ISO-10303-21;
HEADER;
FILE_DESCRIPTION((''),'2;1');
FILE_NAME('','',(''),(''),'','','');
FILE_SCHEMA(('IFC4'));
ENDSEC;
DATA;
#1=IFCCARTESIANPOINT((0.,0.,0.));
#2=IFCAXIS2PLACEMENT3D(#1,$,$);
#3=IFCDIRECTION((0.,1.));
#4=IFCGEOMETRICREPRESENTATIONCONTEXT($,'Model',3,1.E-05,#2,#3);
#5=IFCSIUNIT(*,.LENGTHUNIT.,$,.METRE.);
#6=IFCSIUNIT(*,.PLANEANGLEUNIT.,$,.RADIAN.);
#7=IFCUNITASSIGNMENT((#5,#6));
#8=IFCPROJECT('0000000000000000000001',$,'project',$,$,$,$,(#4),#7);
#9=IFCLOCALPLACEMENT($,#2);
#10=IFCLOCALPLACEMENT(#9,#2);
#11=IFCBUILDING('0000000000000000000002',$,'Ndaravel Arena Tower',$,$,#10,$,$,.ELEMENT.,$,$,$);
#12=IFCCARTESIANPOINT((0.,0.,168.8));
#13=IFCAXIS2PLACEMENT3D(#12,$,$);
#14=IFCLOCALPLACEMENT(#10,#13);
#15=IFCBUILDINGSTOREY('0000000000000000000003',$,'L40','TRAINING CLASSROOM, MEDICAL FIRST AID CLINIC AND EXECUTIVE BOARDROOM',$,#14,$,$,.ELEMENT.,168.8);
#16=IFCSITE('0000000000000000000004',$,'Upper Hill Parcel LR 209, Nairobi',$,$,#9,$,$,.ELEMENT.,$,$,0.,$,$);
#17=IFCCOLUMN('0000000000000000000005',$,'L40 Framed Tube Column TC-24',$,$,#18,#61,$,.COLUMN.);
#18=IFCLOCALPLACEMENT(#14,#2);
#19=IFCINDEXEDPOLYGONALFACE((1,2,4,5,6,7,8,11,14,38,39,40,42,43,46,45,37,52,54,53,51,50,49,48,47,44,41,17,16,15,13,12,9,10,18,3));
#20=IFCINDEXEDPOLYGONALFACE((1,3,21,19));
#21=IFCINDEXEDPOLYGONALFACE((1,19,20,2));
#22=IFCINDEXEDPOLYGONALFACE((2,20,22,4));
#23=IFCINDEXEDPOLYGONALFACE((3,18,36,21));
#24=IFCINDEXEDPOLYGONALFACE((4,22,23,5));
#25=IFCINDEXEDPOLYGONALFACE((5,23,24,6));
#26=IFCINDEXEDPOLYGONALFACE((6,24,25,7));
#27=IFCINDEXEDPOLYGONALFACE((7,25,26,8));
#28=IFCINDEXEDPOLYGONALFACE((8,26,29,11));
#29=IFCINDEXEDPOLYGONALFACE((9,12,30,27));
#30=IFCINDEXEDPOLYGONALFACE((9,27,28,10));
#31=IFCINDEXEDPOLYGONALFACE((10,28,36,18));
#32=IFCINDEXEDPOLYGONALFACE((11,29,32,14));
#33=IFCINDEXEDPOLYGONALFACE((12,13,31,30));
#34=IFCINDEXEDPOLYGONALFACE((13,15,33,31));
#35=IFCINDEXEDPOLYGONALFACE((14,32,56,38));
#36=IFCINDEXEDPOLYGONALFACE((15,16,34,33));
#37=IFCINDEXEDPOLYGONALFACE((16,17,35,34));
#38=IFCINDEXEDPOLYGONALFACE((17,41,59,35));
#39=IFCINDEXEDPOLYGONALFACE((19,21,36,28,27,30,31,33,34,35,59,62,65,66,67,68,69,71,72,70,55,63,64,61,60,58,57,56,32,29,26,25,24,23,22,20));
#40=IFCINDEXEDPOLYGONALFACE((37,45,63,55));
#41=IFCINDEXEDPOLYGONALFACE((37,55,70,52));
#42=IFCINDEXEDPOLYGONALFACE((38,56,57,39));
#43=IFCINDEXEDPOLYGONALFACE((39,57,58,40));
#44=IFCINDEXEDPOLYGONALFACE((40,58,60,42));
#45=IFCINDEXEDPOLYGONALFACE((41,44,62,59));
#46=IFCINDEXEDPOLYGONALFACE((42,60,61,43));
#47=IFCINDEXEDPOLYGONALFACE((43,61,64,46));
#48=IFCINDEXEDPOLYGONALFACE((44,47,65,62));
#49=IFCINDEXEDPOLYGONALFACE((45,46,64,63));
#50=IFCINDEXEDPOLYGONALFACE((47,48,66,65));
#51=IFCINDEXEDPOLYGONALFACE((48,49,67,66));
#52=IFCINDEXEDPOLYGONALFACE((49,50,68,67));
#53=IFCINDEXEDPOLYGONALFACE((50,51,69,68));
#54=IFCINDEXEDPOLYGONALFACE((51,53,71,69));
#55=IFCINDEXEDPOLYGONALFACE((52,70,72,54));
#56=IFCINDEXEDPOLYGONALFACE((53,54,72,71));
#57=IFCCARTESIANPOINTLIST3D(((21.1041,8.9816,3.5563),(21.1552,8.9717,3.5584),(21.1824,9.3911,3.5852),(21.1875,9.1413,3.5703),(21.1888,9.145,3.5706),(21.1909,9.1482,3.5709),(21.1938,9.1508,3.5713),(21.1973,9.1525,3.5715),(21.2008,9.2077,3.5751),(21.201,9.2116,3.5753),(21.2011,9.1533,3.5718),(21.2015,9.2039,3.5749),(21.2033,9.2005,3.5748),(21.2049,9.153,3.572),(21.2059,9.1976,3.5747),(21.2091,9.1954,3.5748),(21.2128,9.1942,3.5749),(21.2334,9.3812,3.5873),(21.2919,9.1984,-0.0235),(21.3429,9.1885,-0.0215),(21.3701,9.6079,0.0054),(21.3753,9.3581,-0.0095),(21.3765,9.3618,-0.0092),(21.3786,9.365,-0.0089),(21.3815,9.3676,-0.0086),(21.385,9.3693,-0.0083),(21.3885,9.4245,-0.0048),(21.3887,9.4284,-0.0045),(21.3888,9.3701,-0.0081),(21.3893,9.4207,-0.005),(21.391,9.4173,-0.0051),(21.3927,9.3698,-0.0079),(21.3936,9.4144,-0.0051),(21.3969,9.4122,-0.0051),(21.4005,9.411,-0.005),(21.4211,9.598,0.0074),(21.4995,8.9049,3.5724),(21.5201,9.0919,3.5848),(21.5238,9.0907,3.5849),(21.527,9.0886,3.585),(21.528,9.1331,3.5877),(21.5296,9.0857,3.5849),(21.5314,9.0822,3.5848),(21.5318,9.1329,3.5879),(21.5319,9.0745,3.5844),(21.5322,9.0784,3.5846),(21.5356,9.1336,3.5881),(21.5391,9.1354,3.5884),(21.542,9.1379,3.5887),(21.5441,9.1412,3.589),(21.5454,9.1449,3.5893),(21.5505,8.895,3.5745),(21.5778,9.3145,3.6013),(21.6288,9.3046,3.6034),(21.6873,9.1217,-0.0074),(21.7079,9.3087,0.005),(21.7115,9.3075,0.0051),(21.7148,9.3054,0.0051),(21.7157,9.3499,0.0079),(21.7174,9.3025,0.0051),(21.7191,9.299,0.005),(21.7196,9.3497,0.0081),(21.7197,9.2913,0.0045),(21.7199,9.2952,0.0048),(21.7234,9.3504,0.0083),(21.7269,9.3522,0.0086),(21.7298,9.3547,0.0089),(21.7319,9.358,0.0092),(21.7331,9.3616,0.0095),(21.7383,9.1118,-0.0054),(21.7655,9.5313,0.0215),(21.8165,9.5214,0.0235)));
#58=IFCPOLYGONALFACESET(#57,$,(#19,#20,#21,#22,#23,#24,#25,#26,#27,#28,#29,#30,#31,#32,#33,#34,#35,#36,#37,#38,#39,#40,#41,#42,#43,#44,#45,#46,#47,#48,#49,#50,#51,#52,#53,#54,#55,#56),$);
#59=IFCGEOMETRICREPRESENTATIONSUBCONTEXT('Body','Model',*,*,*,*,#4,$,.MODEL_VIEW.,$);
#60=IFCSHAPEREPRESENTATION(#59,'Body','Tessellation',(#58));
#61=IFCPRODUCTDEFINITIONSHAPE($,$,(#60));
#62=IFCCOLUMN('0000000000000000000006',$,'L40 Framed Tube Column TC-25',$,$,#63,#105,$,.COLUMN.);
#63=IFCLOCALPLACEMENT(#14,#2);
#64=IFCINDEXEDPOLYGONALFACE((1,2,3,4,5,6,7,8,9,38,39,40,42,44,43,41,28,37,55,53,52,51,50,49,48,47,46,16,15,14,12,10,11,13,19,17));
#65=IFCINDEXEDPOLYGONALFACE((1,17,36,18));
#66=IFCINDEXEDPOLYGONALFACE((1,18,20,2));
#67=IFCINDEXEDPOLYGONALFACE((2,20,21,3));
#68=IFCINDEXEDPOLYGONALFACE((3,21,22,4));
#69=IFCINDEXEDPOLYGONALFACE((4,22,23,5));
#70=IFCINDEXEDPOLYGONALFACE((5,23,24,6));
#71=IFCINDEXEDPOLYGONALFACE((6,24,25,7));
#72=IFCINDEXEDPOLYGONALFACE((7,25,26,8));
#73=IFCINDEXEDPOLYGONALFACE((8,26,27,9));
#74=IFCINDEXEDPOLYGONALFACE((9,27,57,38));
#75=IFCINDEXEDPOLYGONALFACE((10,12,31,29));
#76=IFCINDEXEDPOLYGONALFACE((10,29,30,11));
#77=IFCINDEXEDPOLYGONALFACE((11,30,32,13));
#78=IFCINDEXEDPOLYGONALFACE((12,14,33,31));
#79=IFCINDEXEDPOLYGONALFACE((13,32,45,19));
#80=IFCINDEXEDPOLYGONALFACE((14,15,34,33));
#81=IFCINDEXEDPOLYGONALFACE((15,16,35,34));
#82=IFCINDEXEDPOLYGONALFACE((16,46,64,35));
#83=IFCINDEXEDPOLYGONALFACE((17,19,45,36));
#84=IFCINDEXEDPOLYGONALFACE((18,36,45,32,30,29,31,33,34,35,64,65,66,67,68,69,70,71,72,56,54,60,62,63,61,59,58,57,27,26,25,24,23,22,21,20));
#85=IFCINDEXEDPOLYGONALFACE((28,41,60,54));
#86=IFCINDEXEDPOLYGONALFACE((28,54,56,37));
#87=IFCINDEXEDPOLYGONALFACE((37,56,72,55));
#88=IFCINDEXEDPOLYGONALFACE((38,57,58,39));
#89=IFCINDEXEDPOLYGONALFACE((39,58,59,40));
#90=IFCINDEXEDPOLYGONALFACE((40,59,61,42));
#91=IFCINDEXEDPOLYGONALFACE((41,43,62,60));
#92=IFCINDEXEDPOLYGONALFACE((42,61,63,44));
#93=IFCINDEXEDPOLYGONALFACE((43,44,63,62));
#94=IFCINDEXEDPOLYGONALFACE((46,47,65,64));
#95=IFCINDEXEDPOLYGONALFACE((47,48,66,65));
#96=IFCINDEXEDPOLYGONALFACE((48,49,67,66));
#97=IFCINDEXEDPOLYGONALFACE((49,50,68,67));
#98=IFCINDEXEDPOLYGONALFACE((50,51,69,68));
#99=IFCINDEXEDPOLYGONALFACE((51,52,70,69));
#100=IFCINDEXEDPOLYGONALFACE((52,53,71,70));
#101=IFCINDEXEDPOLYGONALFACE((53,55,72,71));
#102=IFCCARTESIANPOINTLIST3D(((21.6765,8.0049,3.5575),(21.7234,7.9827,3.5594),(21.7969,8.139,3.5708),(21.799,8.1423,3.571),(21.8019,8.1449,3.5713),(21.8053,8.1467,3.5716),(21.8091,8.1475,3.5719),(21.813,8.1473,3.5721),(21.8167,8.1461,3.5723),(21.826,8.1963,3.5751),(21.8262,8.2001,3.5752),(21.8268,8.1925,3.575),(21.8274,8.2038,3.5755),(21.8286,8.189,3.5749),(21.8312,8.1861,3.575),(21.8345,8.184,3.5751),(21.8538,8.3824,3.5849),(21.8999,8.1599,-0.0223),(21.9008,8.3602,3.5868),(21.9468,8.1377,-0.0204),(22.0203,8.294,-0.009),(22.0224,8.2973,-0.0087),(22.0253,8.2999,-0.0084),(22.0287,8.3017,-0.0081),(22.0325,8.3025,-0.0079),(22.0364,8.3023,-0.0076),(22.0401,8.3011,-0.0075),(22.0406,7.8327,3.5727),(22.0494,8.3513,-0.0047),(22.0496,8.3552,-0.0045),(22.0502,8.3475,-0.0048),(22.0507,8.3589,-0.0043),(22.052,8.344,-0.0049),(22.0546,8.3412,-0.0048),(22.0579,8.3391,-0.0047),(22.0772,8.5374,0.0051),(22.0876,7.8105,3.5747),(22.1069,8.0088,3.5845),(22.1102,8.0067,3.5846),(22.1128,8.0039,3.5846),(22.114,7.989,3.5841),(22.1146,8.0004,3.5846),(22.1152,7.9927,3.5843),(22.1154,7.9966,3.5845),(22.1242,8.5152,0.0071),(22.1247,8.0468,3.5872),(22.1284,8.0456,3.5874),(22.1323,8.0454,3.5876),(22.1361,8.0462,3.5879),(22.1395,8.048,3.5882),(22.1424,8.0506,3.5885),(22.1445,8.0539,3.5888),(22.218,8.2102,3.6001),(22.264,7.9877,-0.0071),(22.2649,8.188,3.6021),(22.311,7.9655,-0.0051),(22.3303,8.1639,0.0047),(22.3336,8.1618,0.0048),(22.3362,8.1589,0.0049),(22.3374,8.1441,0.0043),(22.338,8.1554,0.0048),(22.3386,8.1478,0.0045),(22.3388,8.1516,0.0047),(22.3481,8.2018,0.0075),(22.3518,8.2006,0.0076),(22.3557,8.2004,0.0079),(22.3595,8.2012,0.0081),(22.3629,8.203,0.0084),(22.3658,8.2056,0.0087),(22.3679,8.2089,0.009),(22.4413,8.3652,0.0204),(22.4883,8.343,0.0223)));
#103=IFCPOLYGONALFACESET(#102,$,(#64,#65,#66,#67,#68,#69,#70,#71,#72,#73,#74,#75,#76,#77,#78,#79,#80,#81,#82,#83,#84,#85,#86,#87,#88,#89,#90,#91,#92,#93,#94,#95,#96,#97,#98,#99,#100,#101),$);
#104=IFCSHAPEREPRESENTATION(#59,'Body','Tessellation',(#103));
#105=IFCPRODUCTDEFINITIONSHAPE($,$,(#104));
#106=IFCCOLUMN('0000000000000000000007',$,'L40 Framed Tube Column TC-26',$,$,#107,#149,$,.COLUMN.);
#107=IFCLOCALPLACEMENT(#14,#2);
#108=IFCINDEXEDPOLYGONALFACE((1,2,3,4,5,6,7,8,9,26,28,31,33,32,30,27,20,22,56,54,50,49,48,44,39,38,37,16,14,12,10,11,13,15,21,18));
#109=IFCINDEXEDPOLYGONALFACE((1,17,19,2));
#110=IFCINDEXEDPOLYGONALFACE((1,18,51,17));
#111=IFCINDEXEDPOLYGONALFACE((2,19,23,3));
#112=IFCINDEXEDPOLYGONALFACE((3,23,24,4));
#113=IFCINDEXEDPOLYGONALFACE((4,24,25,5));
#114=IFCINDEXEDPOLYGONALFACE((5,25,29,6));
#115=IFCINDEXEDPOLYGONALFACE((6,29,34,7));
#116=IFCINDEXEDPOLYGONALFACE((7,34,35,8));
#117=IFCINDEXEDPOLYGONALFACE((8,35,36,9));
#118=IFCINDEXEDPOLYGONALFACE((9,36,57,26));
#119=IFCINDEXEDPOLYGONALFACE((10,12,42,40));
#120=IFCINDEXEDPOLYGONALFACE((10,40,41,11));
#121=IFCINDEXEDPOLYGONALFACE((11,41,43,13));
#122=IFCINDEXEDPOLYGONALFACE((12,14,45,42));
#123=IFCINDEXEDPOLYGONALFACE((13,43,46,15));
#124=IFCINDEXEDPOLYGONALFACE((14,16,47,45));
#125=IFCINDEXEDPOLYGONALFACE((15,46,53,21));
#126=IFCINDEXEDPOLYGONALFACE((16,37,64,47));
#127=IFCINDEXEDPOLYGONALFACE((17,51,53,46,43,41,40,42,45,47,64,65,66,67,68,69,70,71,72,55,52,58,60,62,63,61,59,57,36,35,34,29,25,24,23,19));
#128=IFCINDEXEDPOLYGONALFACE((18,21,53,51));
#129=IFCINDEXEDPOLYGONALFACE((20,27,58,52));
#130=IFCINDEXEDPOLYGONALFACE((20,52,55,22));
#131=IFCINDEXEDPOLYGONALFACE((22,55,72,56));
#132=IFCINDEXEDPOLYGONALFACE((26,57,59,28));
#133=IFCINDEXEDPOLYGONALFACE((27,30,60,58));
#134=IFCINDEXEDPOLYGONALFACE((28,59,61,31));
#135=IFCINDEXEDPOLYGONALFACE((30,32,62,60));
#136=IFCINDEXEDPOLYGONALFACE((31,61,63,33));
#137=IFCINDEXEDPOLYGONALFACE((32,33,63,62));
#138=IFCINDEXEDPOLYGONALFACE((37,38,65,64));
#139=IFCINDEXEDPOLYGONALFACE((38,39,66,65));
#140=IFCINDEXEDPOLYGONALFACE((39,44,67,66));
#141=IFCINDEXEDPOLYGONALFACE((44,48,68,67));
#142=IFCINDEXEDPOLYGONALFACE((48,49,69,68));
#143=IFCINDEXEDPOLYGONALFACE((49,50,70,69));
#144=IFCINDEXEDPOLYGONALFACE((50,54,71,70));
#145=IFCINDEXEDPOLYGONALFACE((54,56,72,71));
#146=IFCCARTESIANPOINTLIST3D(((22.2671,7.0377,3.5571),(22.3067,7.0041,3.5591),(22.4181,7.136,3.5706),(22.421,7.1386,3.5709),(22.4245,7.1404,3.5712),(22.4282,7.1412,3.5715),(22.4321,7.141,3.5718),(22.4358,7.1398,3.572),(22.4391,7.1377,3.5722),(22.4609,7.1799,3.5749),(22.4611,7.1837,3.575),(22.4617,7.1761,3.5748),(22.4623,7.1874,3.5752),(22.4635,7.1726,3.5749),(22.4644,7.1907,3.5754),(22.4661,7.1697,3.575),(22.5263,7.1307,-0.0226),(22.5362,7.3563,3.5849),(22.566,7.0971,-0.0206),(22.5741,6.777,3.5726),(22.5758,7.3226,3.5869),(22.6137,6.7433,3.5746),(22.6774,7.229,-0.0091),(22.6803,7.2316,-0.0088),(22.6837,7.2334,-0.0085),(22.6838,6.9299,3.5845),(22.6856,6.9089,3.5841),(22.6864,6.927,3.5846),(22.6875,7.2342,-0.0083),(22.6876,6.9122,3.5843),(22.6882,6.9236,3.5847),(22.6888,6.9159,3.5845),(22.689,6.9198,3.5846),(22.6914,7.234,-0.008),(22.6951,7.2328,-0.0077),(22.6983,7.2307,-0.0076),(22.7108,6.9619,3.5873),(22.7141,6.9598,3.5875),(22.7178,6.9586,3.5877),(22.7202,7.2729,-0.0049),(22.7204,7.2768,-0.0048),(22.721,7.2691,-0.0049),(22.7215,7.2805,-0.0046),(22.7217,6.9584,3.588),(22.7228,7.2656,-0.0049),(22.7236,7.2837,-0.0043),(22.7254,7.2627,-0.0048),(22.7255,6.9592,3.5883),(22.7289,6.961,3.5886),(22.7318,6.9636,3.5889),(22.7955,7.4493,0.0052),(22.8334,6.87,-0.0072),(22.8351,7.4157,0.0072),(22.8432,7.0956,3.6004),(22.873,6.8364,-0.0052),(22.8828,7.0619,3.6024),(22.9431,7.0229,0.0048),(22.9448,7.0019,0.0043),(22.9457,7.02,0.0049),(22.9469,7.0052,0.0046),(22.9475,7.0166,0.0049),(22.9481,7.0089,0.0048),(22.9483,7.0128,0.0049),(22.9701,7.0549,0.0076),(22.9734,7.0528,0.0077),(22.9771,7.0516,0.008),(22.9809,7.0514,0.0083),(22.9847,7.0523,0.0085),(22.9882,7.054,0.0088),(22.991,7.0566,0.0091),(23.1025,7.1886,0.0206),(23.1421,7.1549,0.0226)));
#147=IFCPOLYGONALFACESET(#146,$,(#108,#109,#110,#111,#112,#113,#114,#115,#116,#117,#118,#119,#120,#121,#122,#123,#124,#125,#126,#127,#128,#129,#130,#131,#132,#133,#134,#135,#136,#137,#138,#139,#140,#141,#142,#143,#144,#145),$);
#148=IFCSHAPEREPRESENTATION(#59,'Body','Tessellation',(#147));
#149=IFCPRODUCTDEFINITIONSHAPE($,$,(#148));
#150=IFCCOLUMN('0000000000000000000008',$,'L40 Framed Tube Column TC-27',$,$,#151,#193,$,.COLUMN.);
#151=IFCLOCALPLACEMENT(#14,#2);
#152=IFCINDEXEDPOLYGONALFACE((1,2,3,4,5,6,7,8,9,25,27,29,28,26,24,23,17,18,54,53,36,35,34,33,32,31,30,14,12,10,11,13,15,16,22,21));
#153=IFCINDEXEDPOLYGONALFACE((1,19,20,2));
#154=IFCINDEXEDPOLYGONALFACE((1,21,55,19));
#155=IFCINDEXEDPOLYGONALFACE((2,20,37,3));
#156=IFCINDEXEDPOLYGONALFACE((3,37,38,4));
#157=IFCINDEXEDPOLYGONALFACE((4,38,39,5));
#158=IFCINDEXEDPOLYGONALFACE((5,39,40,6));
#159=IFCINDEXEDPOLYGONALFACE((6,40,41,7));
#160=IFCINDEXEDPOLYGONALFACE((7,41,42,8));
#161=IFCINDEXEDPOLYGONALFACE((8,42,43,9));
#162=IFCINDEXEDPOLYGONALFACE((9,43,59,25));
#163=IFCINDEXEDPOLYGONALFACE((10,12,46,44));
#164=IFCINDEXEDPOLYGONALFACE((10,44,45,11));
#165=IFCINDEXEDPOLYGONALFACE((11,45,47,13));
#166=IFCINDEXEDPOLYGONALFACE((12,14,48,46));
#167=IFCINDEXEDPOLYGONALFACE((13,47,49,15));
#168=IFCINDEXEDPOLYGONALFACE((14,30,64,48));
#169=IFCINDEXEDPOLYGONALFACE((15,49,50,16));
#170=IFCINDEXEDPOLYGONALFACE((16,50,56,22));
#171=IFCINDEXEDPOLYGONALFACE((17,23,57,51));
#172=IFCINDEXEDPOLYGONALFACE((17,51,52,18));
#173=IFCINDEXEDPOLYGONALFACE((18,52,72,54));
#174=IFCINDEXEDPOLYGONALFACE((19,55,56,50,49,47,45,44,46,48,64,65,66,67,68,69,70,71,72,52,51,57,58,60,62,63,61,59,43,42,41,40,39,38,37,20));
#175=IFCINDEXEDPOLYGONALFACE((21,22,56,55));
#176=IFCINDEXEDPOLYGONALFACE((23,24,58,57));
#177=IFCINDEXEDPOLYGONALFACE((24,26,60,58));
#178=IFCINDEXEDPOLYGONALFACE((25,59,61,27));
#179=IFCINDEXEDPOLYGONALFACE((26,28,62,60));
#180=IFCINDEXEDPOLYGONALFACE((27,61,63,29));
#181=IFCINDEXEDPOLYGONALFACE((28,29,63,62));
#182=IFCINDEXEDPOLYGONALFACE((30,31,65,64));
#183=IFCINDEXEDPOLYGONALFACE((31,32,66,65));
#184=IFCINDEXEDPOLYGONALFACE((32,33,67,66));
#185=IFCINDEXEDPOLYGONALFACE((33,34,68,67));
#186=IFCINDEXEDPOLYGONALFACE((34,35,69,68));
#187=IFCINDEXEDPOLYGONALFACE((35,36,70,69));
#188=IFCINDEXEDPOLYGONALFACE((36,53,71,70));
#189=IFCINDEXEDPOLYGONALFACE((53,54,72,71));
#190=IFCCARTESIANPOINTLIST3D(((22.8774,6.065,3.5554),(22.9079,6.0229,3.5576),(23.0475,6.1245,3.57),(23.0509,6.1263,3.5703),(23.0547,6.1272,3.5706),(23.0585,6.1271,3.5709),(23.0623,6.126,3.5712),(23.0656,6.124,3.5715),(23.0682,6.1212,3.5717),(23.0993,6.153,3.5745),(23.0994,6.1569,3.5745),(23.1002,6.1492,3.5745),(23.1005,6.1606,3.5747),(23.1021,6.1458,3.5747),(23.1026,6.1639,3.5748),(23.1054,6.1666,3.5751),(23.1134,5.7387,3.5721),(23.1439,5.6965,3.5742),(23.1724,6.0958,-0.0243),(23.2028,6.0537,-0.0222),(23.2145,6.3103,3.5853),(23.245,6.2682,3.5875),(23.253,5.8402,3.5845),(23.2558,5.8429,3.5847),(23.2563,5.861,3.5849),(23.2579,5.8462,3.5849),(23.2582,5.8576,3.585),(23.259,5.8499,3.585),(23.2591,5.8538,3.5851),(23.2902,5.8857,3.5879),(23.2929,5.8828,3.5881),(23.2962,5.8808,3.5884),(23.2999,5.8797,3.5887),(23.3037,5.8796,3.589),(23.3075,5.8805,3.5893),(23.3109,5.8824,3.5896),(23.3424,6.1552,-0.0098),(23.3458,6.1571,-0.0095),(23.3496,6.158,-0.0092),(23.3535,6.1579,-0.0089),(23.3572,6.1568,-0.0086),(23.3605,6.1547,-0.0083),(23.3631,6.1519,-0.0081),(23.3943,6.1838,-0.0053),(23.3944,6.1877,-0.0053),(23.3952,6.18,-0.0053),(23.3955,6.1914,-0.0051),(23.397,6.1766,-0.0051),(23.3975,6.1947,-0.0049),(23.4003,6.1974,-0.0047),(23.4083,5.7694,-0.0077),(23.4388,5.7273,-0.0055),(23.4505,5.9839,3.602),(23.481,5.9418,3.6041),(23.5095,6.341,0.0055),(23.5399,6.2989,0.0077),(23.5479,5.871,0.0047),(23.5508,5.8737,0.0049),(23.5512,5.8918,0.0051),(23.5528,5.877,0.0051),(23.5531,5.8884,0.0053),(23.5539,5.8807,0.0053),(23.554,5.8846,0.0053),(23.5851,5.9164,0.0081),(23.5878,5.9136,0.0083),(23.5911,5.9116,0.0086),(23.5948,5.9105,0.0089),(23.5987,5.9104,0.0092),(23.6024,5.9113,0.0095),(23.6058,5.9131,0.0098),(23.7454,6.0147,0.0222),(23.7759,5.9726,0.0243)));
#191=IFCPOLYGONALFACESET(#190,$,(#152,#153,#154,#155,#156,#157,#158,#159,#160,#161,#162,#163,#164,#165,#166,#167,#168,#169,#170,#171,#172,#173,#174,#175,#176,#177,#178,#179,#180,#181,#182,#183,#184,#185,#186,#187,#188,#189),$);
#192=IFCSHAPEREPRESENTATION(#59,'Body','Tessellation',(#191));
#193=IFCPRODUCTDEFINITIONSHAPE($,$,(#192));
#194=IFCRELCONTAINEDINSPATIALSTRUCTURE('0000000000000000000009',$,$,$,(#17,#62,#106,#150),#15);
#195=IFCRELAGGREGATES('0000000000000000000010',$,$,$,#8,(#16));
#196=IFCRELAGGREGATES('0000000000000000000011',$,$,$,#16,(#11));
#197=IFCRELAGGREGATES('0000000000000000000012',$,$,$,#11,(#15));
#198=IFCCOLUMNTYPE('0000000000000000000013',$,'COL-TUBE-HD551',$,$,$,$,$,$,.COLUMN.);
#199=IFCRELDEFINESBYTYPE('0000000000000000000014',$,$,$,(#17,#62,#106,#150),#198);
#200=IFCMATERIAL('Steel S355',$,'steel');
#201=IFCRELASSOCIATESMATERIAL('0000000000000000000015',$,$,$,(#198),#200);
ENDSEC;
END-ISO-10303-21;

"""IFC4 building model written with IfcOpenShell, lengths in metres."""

from ifc_helpers import new_model, si_unit, direction, frame, origin, origin_2d, place, context, subcontext, project, spatial, i_section, extrude, material, material_profile, profile_set, type_object, element, save


model = new_model("IFC4")

# Units and contexts
model_context = context("Model", 3, precision=1e-05, world=origin(), true_north=direction((0.0, 1.0)))
body_context = subcontext(model_context, "Body", "Model", "MODEL_VIEW")
ifc_project = project(units=[si_unit("LENGTHUNIT", "METRE"), si_unit("PLANEANGLEUNIT", "RADIAN")], contexts=[model_context])

# Site, building, storey
site_placement = place(None, origin())
site = spatial("IfcSite", under=ifc_project, at=site_placement, Name="Upper Hill Parcel LR 209, Nairobi", CompositionType="ELEMENT", RefElevation=0.0)
building_placement = place(site_placement, origin())
building = spatial("IfcBuilding", under=site, at=building_placement, Name="Ndaravel Arena Tower", CompositionType="ELEMENT")
storey_placement = place(building_placement, frame((0.0, 0.0, 168.8)))
storey = spatial("IfcBuildingStorey", under=building, at=storey_placement, Name="L40", Description="TRAINING CLASSROOM, MEDICAL FIRST AID CLINIC AND EXECUTIVE BOARDROOM", CompositionType="ELEMENT", Elevation=168.8)

# Columns
ifc_material_1 = material(Name="Steel S355", Category="steel")
ifc_material_profile_1 = material_profile(ifc_material_1, i_section(OverallWidth=0.418, OverallDepth=0.4551, WebThickness=0.042, FlangeThickness=0.052, FilletRadius=0.0149, at=origin_2d()), Name="HD 400x551")
ifc_profile_set_1 = profile_set([ifc_material_profile_1], Name="Steel S355")
column_type = type_object("IfcColumnType", Name="COL-TUBE-HD551", PredefinedType="COLUMN", material=ifc_profile_set_1)
column_1_placement = place(storey_placement, frame((21.5542, 9.3599, 0.0), z_axis=(-0.052277, -0.060367, 0.996806), x_axis=(0.187152, 0.979893, 0.069158)))
element("IfcColumn", 1, at=column_1_placement, inside=storey, type_object=column_type, Name="L40 Framed Tube Column TC-24", PredefinedType="COLUMN", context=body_context, shape_type="SweptSolid", body=[
    extrude(i_section(OverallWidth=0.418, OverallDepth=0.4551, WebThickness=0.042, FlangeThickness=0.052, FilletRadius=0.0149, at=origin_2d()), origin(), (0.0, 0.0, 1.0), 3.5913),
])
column_2_placement = place(storey_placement, frame((22.1941, 8.2515, 0.0), z_axis=(-0.062223, -0.043182, 0.997128), x_axis=(0.424364, 0.903113, 0.065592)))
element("IfcColumn", 2, at=column_2_placement, inside=storey, type_object=column_type, Name="L40 Framed Tube Column TC-25", PredefinedType="COLUMN", context=body_context, shape_type="SweptSolid", body=[
    extrude(i_section(OverallWidth=0.418, OverallDepth=0.4551, WebThickness=0.042, FlangeThickness=0.052, FilletRadius=0.0149, at=origin_2d()), origin(), (0.0, 0.0, 1.0), 3.5901),
])
column_3_placement = place(storey_placement, frame((22.8342, 7.1428, 0.0), z_axis=(-0.072214, -0.025907, 0.997053), x_axis=(0.64391, 0.76221, 0.066442)))
element("IfcColumn", 3, at=column_3_placement, inside=storey, type_object=column_type, Name="L40 Framed Tube Column TC-26", PredefinedType="COLUMN", context=body_context, shape_type="SweptSolid", body=[
    extrude(i_section(OverallWidth=0.418, OverallDepth=0.4551, WebThickness=0.042, FlangeThickness=0.052, FilletRadius=0.0149, at=origin_2d()), origin(), (0.0, 0.0, 1.0), 3.5903),
])
column_4_placement = place(storey_placement, frame((23.4741, 6.0342, 0.0), z_axis=(-0.082103, -0.008564, 0.996587), x_axis=(0.806542, 0.586839, 0.071489)))
element("IfcColumn", 4, at=column_4_placement, inside=storey, type_object=column_type, Name="L40 Framed Tube Column TC-27", PredefinedType="COLUMN", context=body_context, shape_type="SweptSolid", body=[
    extrude(i_section(OverallWidth=0.418, OverallDepth=0.4551, WebThickness=0.042, FlangeThickness=0.052, FilletRadius=0.0149, at=origin_2d()), origin(), (0.0, 0.0, 1.0), 3.592),
])

save(model, "model.ifc")
